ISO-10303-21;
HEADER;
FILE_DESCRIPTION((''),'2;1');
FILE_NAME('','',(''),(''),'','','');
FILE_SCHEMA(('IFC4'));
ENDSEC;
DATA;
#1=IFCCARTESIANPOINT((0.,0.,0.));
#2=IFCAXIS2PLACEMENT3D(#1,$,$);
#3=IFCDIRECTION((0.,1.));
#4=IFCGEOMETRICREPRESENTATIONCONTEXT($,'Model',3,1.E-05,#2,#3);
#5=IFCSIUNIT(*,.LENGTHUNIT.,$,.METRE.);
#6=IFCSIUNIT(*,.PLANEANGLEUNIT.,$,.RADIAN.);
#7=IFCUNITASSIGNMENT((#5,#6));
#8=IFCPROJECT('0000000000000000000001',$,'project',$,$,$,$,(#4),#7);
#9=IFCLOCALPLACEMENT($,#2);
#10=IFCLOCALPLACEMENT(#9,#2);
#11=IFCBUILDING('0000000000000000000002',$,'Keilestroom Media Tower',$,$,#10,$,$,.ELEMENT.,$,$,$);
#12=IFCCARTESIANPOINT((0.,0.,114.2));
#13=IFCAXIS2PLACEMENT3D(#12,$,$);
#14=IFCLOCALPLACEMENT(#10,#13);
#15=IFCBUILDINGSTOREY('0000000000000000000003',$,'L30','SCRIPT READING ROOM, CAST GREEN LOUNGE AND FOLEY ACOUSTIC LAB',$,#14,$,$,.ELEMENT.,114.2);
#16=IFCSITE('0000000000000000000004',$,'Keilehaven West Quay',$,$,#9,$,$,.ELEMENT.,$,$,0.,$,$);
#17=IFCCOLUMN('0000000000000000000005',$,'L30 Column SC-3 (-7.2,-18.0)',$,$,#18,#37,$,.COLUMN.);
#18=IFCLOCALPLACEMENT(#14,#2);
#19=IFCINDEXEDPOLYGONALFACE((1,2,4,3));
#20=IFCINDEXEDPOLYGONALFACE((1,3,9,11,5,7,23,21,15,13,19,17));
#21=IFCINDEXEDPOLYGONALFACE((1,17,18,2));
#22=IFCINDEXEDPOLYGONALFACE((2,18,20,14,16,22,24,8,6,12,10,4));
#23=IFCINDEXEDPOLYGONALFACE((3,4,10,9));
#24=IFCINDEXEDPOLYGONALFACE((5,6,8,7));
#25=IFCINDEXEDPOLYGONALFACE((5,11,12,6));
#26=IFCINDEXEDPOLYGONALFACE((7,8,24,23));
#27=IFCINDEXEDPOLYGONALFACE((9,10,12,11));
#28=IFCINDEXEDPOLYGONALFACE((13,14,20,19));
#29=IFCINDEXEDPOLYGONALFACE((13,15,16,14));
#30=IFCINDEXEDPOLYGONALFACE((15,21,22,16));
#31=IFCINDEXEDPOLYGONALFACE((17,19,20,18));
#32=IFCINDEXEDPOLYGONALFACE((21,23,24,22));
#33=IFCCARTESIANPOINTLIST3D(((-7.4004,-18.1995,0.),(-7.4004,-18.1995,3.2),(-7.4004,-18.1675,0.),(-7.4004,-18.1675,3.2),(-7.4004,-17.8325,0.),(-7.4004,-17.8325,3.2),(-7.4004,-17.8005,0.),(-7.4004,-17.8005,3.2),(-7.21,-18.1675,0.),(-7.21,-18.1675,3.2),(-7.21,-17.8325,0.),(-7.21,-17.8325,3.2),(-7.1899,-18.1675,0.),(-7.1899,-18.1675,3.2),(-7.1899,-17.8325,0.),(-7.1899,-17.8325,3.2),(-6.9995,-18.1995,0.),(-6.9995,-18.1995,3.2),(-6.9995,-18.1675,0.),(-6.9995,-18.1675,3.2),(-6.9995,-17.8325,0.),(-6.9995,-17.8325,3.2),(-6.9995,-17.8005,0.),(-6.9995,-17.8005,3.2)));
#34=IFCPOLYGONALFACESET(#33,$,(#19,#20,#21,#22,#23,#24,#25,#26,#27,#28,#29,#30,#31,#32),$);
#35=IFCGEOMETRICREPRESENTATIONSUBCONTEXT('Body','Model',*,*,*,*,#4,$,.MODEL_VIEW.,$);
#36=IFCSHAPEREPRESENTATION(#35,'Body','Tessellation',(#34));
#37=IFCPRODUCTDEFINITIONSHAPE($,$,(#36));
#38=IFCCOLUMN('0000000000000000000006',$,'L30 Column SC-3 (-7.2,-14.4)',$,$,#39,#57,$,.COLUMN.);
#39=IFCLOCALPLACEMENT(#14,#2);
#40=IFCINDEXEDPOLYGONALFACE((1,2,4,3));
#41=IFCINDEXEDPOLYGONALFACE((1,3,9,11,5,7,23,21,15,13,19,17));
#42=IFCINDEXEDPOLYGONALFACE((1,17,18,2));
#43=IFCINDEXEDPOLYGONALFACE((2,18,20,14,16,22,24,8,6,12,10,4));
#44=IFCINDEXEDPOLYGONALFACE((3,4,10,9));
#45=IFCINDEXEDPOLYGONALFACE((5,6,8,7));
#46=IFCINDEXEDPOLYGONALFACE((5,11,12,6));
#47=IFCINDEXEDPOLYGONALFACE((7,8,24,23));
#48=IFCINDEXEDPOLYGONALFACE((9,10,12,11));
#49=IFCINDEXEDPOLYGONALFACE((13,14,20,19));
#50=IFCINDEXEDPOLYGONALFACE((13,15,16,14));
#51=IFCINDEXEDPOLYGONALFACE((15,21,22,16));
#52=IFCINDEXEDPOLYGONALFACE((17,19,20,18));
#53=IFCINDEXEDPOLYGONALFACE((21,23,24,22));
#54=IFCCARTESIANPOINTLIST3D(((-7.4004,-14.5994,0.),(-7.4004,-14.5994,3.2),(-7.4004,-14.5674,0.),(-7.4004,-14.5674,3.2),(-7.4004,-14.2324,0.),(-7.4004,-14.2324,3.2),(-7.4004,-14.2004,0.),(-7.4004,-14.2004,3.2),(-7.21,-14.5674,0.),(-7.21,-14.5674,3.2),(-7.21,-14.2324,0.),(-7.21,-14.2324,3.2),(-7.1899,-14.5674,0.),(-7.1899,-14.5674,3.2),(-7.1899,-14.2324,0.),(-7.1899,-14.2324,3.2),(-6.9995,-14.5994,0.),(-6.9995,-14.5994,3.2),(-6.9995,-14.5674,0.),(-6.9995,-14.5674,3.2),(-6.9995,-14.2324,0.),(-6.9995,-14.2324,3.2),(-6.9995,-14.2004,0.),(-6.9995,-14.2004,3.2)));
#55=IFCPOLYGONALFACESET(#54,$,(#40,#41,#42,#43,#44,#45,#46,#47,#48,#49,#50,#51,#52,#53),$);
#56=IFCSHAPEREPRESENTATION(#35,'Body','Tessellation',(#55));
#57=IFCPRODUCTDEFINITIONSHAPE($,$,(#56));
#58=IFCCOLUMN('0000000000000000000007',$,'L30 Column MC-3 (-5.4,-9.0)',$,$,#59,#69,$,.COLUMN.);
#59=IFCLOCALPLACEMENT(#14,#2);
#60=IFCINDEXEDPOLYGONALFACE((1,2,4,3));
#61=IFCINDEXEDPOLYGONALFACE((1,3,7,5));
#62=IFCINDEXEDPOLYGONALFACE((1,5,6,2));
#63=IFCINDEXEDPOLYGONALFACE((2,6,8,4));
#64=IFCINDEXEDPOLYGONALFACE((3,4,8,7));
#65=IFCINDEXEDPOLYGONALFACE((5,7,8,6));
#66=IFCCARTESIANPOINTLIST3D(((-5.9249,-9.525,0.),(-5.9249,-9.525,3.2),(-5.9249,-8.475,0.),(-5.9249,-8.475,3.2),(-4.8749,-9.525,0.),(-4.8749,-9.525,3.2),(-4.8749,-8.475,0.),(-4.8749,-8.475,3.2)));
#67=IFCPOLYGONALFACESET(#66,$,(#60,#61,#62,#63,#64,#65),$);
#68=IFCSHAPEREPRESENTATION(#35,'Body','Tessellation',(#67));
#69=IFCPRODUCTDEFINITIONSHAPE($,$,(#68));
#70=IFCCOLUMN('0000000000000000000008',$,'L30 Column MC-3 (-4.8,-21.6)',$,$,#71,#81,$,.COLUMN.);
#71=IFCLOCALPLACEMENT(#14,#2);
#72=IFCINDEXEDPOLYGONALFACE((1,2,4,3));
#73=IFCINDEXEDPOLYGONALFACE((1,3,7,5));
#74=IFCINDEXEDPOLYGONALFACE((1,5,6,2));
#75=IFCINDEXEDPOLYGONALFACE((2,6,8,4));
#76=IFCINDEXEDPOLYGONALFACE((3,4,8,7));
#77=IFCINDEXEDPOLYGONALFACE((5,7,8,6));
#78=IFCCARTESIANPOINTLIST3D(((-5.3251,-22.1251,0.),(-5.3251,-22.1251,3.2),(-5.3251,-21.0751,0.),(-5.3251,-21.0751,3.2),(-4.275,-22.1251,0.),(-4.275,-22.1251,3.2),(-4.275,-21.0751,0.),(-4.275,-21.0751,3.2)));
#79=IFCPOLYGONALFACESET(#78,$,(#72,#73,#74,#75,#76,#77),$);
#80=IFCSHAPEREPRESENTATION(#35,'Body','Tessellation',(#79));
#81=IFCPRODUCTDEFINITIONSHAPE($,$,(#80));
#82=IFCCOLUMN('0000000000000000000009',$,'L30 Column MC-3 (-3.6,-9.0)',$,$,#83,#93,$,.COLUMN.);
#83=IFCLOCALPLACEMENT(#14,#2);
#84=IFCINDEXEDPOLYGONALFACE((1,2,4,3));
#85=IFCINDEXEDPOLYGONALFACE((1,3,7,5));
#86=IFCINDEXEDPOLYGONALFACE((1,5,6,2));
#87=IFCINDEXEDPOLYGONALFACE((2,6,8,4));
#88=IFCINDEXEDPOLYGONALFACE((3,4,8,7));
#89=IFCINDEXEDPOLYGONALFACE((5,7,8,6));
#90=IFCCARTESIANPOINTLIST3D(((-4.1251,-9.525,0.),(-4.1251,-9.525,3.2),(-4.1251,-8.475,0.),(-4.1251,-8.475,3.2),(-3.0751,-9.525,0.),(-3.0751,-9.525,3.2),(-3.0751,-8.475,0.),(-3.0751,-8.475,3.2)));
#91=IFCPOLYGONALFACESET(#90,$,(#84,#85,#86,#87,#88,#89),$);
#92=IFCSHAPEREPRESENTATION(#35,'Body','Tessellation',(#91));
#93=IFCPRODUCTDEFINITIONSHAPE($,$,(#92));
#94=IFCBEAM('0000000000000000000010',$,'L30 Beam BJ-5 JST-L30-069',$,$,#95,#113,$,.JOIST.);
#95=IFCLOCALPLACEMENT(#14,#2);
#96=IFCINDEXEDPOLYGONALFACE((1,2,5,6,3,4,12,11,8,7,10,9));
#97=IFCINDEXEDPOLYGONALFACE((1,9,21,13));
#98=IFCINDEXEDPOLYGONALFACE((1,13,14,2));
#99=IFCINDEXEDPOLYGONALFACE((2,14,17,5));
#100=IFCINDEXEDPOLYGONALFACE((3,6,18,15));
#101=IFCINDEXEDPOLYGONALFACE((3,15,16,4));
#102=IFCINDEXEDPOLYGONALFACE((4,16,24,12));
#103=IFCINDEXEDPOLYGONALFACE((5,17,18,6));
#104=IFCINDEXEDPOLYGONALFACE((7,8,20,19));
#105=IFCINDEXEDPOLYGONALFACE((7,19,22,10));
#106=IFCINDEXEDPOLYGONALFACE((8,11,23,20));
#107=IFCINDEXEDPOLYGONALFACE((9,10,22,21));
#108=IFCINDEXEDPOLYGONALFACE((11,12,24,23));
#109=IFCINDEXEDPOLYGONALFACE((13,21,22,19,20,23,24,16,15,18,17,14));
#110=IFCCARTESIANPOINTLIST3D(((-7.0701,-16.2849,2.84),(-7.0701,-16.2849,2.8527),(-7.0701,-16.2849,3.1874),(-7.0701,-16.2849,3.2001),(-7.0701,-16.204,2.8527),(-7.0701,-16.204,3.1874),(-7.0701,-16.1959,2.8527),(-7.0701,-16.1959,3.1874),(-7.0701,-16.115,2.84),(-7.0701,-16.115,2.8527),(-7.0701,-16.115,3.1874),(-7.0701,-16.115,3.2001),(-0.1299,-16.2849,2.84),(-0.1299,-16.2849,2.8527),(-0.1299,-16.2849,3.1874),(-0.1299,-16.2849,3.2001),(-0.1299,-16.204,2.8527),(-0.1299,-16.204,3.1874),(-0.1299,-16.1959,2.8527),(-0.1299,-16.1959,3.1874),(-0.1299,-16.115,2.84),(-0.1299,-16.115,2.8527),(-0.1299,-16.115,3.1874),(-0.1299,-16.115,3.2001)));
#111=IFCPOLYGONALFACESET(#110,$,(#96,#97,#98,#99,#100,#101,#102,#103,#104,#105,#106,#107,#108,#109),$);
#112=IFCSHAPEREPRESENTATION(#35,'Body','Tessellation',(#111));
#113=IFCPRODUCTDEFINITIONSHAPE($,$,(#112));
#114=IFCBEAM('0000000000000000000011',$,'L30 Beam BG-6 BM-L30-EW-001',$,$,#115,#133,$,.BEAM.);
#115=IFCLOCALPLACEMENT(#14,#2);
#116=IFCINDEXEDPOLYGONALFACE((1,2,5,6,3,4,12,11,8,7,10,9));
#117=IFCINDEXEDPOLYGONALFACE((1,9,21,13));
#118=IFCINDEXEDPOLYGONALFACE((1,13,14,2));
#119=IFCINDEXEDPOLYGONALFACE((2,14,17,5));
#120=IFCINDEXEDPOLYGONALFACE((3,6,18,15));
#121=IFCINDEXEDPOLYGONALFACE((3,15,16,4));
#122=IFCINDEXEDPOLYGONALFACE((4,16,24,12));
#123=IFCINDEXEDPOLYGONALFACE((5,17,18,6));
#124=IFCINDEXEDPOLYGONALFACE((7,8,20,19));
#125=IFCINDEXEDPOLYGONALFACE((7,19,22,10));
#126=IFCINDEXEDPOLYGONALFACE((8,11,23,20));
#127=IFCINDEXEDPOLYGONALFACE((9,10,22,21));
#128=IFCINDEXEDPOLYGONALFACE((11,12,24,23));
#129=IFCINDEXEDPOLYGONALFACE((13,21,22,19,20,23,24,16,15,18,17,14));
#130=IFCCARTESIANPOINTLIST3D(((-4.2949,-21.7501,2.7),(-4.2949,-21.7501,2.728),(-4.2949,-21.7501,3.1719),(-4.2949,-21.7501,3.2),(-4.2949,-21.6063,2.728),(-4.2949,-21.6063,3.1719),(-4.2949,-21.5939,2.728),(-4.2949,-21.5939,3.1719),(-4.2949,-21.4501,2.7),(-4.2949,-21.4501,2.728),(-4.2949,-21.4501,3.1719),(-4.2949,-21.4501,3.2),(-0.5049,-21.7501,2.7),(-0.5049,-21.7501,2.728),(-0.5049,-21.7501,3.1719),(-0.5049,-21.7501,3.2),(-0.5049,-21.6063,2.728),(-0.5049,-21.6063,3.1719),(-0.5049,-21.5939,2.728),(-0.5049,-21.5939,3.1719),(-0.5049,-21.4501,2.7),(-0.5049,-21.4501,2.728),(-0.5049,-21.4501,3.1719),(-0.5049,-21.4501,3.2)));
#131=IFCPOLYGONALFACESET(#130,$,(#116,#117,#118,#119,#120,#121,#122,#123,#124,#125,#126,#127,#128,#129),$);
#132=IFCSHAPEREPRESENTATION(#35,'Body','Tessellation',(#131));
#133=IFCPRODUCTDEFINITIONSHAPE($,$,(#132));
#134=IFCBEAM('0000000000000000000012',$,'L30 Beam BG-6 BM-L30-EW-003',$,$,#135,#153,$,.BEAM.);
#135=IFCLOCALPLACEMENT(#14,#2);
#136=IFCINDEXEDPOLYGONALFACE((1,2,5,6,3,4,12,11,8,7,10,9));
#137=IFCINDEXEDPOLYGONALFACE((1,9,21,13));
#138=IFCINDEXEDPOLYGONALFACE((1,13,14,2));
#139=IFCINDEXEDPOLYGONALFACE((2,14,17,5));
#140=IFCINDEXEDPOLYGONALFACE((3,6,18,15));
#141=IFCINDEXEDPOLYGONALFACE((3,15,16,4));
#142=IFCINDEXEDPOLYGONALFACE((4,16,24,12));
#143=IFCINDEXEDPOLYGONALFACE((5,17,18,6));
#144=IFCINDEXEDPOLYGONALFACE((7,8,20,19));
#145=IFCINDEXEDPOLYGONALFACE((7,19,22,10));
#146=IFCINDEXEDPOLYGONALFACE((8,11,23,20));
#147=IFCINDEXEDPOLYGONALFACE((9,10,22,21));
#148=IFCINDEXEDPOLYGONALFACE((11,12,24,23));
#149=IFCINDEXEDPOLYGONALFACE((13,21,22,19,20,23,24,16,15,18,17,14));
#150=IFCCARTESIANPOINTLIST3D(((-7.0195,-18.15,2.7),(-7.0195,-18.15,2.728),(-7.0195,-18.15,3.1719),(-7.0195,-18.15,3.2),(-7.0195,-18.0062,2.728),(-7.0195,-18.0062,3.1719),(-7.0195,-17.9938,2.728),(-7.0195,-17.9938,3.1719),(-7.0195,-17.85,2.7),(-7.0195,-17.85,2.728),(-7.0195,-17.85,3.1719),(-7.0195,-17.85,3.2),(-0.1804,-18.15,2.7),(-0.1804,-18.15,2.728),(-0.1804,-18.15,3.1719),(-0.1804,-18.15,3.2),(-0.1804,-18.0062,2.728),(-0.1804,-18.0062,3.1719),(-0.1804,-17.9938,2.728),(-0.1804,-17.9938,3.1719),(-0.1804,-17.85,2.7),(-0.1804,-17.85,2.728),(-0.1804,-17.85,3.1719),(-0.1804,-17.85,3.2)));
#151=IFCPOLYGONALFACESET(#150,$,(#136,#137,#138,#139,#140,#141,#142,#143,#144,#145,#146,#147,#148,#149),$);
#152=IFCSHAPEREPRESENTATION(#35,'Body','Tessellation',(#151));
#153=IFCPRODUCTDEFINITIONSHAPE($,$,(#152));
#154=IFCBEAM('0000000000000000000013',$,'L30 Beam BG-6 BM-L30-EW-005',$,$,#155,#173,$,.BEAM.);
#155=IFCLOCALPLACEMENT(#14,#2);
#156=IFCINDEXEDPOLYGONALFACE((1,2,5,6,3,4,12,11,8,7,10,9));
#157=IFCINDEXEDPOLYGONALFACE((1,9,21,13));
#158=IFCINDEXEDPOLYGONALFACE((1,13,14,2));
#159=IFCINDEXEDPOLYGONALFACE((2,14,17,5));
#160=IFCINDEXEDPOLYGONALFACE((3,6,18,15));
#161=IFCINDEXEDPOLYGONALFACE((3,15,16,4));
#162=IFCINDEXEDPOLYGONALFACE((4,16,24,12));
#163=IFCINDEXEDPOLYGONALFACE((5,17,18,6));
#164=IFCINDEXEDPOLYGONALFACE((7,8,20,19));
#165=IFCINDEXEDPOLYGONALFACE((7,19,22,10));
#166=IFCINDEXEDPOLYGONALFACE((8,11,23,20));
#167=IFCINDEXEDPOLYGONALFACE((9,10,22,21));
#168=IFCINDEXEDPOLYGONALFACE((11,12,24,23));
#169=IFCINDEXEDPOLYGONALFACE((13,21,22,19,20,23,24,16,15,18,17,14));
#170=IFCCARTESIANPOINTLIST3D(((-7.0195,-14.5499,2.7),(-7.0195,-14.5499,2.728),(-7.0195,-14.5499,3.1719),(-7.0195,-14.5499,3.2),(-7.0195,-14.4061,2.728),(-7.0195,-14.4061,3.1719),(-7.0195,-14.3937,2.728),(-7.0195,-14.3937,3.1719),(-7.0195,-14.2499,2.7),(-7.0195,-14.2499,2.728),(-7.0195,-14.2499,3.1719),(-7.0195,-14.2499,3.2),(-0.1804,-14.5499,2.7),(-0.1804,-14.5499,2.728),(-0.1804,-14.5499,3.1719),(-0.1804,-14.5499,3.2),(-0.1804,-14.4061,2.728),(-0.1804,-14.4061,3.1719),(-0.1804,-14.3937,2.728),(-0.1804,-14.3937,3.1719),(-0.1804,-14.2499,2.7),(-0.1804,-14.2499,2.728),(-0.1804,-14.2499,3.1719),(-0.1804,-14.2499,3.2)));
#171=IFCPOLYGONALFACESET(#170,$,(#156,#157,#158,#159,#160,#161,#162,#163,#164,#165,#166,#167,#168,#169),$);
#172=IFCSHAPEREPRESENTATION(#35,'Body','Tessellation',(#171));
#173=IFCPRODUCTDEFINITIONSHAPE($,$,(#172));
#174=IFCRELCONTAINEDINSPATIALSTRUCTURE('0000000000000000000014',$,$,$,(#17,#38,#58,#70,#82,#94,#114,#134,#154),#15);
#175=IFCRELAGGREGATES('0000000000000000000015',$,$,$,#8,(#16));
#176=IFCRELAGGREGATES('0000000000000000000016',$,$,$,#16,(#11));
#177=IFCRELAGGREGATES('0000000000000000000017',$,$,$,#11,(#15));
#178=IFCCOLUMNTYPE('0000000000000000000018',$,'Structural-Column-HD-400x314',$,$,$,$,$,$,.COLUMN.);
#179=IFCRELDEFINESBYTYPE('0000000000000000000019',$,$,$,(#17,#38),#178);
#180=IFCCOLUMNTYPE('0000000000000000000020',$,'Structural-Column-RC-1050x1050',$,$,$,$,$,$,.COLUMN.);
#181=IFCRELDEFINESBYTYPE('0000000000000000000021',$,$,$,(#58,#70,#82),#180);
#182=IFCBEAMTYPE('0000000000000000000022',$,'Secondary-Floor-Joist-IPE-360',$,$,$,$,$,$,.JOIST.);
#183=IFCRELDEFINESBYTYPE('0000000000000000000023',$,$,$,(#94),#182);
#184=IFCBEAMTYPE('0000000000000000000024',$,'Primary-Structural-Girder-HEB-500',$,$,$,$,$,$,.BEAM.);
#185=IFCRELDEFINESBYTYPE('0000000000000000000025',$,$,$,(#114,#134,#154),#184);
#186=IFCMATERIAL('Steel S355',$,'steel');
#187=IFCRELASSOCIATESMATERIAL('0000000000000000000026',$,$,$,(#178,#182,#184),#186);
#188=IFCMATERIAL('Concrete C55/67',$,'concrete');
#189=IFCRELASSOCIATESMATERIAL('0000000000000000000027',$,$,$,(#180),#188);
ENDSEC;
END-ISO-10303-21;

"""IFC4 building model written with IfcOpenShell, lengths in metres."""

from ifc_helpers import new_model, si_unit, direction, frame, origin, origin_2d, place, context, subcontext, project, spatial, rectangle, i_section, extrude, source, transform, mapped, material, material_profile, profile_set, type_object, element, save


model = new_model("IFC4")

# Units and contexts
model_context = context("Model", 3, precision=1e-05, world=origin(), true_north=direction((0.0, 1.0)))
body_context = subcontext(model_context, "Body", "Model", "MODEL_VIEW")
ifc_project = project(units=[si_unit("LENGTHUNIT", "METRE"), si_unit("PLANEANGLEUNIT", "RADIAN")], contexts=[model_context])

# Site, building, storey
site_placement = place(None, origin())
site = spatial("IfcSite", under=ifc_project, at=site_placement, Name="Keilehaven West Quay", CompositionType="ELEMENT", RefElevation=0.0)
building_placement = place(site_placement, origin())
building = spatial("IfcBuilding", under=site, at=building_placement, Name="Keilestroom Media Tower", CompositionType="ELEMENT")
storey_placement = place(building_placement, frame((0.0, 0.0, 114.2)))
storey = spatial("IfcBuildingStorey", under=building, at=storey_placement, Name="L30", Description="SCRIPT READING ROOM, CAST GREEN LOUNGE AND FOLEY ACOUSTIC LAB", CompositionType="ELEMENT", Elevation=114.2)

# Columns
ifc_material_1 = material(Name="Steel S355", Category="steel")
ifc_material_profile_1 = material_profile(ifc_material_1, i_section(OverallWidth=0.4009, OverallDepth=0.3989, WebThickness=0.02, FlangeThickness=0.032, at=origin_2d()), Name="HD 400x314")
ifc_profile_set_1 = profile_set([ifc_material_profile_1], Name="Steel S355")
column_type_1 = type_object("IfcColumnType", Name="Structural-Column-HD-400x314", PredefinedType="COLUMN", material=ifc_profile_set_1)
shared_shape_1 = source(origin(), body_context, "Body", "SweptSolid", [
    extrude(i_section(OverallWidth=0.4009, OverallDepth=0.3989, WebThickness=0.02, FlangeThickness=0.032, at=origin_2d()), origin(), (0.0, 0.0, 1.0), 3.2),
])
for number, where, z_axis, x_axis, name in (
    (1, (-7.2, -18.0, 0.0), (0.0, 0.0, 1.0), (1.0, 0.0, 0.0), "L30 Column SC-3 (-7.2,-18.0)"),
    (2, (-7.2, -14.3999, 0.0), (0.0, 0.0, 1.0), (1.0, 0.0, 0.0), "L30 Column SC-3 (-7.2,-14.4)"),
):
    element("IfcColumn", number, at=place(storey_placement, frame(where, z_axis=z_axis, x_axis=x_axis)), inside=storey, type_object=column_type_1, Name=name, PredefinedType="COLUMN", context=body_context, shape_type="MappedRepresentation", body=[
        mapped(shared_shape_1, transform((0.0, 0.0, 0.0), x_axis=(1.0, 0.0, 0.0), y_axis=(0.0, 1.0, 0.0), z_axis=(0.0, 0.0, 1.0), scale=1.0)),
    ])
ifc_material_2 = material(Name="Concrete C55/67", Category="concrete")
ifc_material_profile_2 = material_profile(ifc_material_2, rectangle(XDim=1.05, YDim=1.05, at=origin_2d()), Name="RC 1050x1050")
ifc_profile_set_2 = profile_set([ifc_material_profile_2], Name="Concrete C55/67")
column_type_2 = type_object("IfcColumnType", Name="Structural-Column-RC-1050x1050", PredefinedType="COLUMN", material=ifc_profile_set_2)
shared_shape_2 = source(origin(), body_context, "Body", "SweptSolid", [
    extrude(rectangle(XDim=1.05, YDim=1.05, at=origin_2d()), origin(), (0.0, 0.0, 1.0), 3.2),
])
for number, where, z_axis, x_axis, name in (
    (3, (-5.3999, -9.0, 0.0), (0.0, 0.0, 1.0), (1.0, 0.0, 0.0), "L30 Column MC-3 (-5.4,-9.0)"),
    (4, (-4.8, -21.6001, 0.0), (0.0, 0.0, 1.0), (1.0, 0.0, 0.0), "L30 Column MC-3 (-4.8,-21.6)"),
    (5, (-3.6001, -9.0, 0.0), (0.0, 0.0, 1.0), (1.0, 0.0, 0.0), "L30 Column MC-3 (-3.6,-9.0)"),
):
    element("IfcColumn", number, at=place(storey_placement, frame(where, z_axis=z_axis, x_axis=x_axis)), inside=storey, type_object=column_type_2, Name=name, PredefinedType="COLUMN", context=body_context, shape_type="MappedRepresentation", body=[
        mapped(shared_shape_2, transform((0.0, 0.0, 0.0), x_axis=(1.0, 0.0, 0.0), y_axis=(0.0, 1.0, 0.0), z_axis=(0.0, 0.0, 1.0), scale=1.0)),
    ])

# Beams
ifc_material_profile_3 = material_profile(ifc_material_1, i_section(OverallWidth=0.1699, OverallDepth=0.3601, WebThickness=0.0081, FlangeThickness=0.0127, at=origin_2d()), Name="IPE 360")
ifc_profile_set_3 = profile_set([ifc_material_profile_3], Name="Steel S355")
beam_type_1 = type_object("IfcBeamType", Name="Secondary-Floor-Joist-IPE-360", PredefinedType="JOIST", material=ifc_profile_set_3)
shared_shape_3 = source(origin(), body_context, "Body", "SweptSolid", [
    extrude(i_section(OverallWidth=0.1699, OverallDepth=0.3601, WebThickness=0.0081, FlangeThickness=0.0127, at=origin_2d()), origin(), (0.0, 0.0, 1.0), 6.9402),
])
beam_1_placement = place(storey_placement, frame((-7.0701, -16.2, 3.02), z_axis=(1.0, 0.0, 0.0), x_axis=(0.0, 1.0, 0.0)))
element("IfcBeam", 6, at=beam_1_placement, inside=storey, type_object=beam_type_1, Name="L30 Beam BJ-5 JST-L30-069", PredefinedType="JOIST", context=body_context, shape_type="MappedRepresentation", body=[
    mapped(shared_shape_3, transform((0.0, 0.0, 0.0), x_axis=(1.0, 0.0, 0.0), y_axis=(0.0, 1.0, 0.0), z_axis=(0.0, 0.0, 1.0), scale=1.0)),
])
ifc_material_profile_4 = material_profile(ifc_material_1, i_section(OverallWidth=0.3, OverallDepth=0.5, WebThickness=0.0125, FlangeThickness=0.0281, at=origin_2d()), Name="HEB 500")
ifc_profile_set_4 = profile_set([ifc_material_profile_4], Name="Steel S355")
beam_type_2 = type_object("IfcBeamType", Name="Primary-Structural-Girder-HEB-500", PredefinedType="BEAM", material=ifc_profile_set_4)
shared_shape_4 = source(origin(), body_context, "Body", "SweptSolid", [
    extrude(i_section(OverallWidth=0.3, OverallDepth=0.5, WebThickness=0.0125, FlangeThickness=0.0281, at=origin_2d()), origin(), (0.0, 0.0, 1.0), 3.79),
])
beam_2_placement = place(storey_placement, frame((-4.2949, -21.6001, 2.95), z_axis=(1.0, 0.0, 0.0), x_axis=(0.0, 1.0, 0.0)))
element("IfcBeam", 7, at=beam_2_placement, inside=storey, type_object=beam_type_2, Name="L30 Beam BG-6 BM-L30-EW-001", PredefinedType="BEAM", context=body_context, shape_type="MappedRepresentation", body=[
    mapped(shared_shape_4, transform((0.0, 0.0, 0.0), x_axis=(1.0, 0.0, 0.0), y_axis=(0.0, 1.0, 0.0), z_axis=(0.0, 0.0, 1.0), scale=1.0)),
])
shared_shape_5 = source(origin(), body_context, "Body", "SweptSolid", [
    extrude(i_section(OverallWidth=0.3, OverallDepth=0.5, WebThickness=0.0125, FlangeThickness=0.0281, at=origin_2d()), origin(), (0.0, 0.0, 1.0), 6.8391),
])
for number, where, z_axis, x_axis, name in (
    (8, (-7.0195, -18.0, 2.95), (1.0, 0.0, 0.0), (0.0, 1.0, 0.0), "L30 Beam BG-6 BM-L30-EW-003"),
    (9, (-7.0195, -14.3999, 2.95), (1.0, 0.0, 0.0), (0.0, 1.0, 0.0), "L30 Beam BG-6 BM-L30-EW-005"),
):
    element("IfcBeam", number, at=place(storey_placement, frame(where, z_axis=z_axis, x_axis=x_axis)), inside=storey, type_object=beam_type_2, Name=name, PredefinedType="BEAM", context=body_context, shape_type="MappedRepresentation", body=[
        mapped(shared_shape_5, transform((0.0, 0.0, 0.0), x_axis=(1.0, 0.0, 0.0), y_axis=(0.0, 1.0, 0.0), z_axis=(0.0, 0.0, 1.0), scale=1.0)),
    ])

save(model, "model.ifc")
